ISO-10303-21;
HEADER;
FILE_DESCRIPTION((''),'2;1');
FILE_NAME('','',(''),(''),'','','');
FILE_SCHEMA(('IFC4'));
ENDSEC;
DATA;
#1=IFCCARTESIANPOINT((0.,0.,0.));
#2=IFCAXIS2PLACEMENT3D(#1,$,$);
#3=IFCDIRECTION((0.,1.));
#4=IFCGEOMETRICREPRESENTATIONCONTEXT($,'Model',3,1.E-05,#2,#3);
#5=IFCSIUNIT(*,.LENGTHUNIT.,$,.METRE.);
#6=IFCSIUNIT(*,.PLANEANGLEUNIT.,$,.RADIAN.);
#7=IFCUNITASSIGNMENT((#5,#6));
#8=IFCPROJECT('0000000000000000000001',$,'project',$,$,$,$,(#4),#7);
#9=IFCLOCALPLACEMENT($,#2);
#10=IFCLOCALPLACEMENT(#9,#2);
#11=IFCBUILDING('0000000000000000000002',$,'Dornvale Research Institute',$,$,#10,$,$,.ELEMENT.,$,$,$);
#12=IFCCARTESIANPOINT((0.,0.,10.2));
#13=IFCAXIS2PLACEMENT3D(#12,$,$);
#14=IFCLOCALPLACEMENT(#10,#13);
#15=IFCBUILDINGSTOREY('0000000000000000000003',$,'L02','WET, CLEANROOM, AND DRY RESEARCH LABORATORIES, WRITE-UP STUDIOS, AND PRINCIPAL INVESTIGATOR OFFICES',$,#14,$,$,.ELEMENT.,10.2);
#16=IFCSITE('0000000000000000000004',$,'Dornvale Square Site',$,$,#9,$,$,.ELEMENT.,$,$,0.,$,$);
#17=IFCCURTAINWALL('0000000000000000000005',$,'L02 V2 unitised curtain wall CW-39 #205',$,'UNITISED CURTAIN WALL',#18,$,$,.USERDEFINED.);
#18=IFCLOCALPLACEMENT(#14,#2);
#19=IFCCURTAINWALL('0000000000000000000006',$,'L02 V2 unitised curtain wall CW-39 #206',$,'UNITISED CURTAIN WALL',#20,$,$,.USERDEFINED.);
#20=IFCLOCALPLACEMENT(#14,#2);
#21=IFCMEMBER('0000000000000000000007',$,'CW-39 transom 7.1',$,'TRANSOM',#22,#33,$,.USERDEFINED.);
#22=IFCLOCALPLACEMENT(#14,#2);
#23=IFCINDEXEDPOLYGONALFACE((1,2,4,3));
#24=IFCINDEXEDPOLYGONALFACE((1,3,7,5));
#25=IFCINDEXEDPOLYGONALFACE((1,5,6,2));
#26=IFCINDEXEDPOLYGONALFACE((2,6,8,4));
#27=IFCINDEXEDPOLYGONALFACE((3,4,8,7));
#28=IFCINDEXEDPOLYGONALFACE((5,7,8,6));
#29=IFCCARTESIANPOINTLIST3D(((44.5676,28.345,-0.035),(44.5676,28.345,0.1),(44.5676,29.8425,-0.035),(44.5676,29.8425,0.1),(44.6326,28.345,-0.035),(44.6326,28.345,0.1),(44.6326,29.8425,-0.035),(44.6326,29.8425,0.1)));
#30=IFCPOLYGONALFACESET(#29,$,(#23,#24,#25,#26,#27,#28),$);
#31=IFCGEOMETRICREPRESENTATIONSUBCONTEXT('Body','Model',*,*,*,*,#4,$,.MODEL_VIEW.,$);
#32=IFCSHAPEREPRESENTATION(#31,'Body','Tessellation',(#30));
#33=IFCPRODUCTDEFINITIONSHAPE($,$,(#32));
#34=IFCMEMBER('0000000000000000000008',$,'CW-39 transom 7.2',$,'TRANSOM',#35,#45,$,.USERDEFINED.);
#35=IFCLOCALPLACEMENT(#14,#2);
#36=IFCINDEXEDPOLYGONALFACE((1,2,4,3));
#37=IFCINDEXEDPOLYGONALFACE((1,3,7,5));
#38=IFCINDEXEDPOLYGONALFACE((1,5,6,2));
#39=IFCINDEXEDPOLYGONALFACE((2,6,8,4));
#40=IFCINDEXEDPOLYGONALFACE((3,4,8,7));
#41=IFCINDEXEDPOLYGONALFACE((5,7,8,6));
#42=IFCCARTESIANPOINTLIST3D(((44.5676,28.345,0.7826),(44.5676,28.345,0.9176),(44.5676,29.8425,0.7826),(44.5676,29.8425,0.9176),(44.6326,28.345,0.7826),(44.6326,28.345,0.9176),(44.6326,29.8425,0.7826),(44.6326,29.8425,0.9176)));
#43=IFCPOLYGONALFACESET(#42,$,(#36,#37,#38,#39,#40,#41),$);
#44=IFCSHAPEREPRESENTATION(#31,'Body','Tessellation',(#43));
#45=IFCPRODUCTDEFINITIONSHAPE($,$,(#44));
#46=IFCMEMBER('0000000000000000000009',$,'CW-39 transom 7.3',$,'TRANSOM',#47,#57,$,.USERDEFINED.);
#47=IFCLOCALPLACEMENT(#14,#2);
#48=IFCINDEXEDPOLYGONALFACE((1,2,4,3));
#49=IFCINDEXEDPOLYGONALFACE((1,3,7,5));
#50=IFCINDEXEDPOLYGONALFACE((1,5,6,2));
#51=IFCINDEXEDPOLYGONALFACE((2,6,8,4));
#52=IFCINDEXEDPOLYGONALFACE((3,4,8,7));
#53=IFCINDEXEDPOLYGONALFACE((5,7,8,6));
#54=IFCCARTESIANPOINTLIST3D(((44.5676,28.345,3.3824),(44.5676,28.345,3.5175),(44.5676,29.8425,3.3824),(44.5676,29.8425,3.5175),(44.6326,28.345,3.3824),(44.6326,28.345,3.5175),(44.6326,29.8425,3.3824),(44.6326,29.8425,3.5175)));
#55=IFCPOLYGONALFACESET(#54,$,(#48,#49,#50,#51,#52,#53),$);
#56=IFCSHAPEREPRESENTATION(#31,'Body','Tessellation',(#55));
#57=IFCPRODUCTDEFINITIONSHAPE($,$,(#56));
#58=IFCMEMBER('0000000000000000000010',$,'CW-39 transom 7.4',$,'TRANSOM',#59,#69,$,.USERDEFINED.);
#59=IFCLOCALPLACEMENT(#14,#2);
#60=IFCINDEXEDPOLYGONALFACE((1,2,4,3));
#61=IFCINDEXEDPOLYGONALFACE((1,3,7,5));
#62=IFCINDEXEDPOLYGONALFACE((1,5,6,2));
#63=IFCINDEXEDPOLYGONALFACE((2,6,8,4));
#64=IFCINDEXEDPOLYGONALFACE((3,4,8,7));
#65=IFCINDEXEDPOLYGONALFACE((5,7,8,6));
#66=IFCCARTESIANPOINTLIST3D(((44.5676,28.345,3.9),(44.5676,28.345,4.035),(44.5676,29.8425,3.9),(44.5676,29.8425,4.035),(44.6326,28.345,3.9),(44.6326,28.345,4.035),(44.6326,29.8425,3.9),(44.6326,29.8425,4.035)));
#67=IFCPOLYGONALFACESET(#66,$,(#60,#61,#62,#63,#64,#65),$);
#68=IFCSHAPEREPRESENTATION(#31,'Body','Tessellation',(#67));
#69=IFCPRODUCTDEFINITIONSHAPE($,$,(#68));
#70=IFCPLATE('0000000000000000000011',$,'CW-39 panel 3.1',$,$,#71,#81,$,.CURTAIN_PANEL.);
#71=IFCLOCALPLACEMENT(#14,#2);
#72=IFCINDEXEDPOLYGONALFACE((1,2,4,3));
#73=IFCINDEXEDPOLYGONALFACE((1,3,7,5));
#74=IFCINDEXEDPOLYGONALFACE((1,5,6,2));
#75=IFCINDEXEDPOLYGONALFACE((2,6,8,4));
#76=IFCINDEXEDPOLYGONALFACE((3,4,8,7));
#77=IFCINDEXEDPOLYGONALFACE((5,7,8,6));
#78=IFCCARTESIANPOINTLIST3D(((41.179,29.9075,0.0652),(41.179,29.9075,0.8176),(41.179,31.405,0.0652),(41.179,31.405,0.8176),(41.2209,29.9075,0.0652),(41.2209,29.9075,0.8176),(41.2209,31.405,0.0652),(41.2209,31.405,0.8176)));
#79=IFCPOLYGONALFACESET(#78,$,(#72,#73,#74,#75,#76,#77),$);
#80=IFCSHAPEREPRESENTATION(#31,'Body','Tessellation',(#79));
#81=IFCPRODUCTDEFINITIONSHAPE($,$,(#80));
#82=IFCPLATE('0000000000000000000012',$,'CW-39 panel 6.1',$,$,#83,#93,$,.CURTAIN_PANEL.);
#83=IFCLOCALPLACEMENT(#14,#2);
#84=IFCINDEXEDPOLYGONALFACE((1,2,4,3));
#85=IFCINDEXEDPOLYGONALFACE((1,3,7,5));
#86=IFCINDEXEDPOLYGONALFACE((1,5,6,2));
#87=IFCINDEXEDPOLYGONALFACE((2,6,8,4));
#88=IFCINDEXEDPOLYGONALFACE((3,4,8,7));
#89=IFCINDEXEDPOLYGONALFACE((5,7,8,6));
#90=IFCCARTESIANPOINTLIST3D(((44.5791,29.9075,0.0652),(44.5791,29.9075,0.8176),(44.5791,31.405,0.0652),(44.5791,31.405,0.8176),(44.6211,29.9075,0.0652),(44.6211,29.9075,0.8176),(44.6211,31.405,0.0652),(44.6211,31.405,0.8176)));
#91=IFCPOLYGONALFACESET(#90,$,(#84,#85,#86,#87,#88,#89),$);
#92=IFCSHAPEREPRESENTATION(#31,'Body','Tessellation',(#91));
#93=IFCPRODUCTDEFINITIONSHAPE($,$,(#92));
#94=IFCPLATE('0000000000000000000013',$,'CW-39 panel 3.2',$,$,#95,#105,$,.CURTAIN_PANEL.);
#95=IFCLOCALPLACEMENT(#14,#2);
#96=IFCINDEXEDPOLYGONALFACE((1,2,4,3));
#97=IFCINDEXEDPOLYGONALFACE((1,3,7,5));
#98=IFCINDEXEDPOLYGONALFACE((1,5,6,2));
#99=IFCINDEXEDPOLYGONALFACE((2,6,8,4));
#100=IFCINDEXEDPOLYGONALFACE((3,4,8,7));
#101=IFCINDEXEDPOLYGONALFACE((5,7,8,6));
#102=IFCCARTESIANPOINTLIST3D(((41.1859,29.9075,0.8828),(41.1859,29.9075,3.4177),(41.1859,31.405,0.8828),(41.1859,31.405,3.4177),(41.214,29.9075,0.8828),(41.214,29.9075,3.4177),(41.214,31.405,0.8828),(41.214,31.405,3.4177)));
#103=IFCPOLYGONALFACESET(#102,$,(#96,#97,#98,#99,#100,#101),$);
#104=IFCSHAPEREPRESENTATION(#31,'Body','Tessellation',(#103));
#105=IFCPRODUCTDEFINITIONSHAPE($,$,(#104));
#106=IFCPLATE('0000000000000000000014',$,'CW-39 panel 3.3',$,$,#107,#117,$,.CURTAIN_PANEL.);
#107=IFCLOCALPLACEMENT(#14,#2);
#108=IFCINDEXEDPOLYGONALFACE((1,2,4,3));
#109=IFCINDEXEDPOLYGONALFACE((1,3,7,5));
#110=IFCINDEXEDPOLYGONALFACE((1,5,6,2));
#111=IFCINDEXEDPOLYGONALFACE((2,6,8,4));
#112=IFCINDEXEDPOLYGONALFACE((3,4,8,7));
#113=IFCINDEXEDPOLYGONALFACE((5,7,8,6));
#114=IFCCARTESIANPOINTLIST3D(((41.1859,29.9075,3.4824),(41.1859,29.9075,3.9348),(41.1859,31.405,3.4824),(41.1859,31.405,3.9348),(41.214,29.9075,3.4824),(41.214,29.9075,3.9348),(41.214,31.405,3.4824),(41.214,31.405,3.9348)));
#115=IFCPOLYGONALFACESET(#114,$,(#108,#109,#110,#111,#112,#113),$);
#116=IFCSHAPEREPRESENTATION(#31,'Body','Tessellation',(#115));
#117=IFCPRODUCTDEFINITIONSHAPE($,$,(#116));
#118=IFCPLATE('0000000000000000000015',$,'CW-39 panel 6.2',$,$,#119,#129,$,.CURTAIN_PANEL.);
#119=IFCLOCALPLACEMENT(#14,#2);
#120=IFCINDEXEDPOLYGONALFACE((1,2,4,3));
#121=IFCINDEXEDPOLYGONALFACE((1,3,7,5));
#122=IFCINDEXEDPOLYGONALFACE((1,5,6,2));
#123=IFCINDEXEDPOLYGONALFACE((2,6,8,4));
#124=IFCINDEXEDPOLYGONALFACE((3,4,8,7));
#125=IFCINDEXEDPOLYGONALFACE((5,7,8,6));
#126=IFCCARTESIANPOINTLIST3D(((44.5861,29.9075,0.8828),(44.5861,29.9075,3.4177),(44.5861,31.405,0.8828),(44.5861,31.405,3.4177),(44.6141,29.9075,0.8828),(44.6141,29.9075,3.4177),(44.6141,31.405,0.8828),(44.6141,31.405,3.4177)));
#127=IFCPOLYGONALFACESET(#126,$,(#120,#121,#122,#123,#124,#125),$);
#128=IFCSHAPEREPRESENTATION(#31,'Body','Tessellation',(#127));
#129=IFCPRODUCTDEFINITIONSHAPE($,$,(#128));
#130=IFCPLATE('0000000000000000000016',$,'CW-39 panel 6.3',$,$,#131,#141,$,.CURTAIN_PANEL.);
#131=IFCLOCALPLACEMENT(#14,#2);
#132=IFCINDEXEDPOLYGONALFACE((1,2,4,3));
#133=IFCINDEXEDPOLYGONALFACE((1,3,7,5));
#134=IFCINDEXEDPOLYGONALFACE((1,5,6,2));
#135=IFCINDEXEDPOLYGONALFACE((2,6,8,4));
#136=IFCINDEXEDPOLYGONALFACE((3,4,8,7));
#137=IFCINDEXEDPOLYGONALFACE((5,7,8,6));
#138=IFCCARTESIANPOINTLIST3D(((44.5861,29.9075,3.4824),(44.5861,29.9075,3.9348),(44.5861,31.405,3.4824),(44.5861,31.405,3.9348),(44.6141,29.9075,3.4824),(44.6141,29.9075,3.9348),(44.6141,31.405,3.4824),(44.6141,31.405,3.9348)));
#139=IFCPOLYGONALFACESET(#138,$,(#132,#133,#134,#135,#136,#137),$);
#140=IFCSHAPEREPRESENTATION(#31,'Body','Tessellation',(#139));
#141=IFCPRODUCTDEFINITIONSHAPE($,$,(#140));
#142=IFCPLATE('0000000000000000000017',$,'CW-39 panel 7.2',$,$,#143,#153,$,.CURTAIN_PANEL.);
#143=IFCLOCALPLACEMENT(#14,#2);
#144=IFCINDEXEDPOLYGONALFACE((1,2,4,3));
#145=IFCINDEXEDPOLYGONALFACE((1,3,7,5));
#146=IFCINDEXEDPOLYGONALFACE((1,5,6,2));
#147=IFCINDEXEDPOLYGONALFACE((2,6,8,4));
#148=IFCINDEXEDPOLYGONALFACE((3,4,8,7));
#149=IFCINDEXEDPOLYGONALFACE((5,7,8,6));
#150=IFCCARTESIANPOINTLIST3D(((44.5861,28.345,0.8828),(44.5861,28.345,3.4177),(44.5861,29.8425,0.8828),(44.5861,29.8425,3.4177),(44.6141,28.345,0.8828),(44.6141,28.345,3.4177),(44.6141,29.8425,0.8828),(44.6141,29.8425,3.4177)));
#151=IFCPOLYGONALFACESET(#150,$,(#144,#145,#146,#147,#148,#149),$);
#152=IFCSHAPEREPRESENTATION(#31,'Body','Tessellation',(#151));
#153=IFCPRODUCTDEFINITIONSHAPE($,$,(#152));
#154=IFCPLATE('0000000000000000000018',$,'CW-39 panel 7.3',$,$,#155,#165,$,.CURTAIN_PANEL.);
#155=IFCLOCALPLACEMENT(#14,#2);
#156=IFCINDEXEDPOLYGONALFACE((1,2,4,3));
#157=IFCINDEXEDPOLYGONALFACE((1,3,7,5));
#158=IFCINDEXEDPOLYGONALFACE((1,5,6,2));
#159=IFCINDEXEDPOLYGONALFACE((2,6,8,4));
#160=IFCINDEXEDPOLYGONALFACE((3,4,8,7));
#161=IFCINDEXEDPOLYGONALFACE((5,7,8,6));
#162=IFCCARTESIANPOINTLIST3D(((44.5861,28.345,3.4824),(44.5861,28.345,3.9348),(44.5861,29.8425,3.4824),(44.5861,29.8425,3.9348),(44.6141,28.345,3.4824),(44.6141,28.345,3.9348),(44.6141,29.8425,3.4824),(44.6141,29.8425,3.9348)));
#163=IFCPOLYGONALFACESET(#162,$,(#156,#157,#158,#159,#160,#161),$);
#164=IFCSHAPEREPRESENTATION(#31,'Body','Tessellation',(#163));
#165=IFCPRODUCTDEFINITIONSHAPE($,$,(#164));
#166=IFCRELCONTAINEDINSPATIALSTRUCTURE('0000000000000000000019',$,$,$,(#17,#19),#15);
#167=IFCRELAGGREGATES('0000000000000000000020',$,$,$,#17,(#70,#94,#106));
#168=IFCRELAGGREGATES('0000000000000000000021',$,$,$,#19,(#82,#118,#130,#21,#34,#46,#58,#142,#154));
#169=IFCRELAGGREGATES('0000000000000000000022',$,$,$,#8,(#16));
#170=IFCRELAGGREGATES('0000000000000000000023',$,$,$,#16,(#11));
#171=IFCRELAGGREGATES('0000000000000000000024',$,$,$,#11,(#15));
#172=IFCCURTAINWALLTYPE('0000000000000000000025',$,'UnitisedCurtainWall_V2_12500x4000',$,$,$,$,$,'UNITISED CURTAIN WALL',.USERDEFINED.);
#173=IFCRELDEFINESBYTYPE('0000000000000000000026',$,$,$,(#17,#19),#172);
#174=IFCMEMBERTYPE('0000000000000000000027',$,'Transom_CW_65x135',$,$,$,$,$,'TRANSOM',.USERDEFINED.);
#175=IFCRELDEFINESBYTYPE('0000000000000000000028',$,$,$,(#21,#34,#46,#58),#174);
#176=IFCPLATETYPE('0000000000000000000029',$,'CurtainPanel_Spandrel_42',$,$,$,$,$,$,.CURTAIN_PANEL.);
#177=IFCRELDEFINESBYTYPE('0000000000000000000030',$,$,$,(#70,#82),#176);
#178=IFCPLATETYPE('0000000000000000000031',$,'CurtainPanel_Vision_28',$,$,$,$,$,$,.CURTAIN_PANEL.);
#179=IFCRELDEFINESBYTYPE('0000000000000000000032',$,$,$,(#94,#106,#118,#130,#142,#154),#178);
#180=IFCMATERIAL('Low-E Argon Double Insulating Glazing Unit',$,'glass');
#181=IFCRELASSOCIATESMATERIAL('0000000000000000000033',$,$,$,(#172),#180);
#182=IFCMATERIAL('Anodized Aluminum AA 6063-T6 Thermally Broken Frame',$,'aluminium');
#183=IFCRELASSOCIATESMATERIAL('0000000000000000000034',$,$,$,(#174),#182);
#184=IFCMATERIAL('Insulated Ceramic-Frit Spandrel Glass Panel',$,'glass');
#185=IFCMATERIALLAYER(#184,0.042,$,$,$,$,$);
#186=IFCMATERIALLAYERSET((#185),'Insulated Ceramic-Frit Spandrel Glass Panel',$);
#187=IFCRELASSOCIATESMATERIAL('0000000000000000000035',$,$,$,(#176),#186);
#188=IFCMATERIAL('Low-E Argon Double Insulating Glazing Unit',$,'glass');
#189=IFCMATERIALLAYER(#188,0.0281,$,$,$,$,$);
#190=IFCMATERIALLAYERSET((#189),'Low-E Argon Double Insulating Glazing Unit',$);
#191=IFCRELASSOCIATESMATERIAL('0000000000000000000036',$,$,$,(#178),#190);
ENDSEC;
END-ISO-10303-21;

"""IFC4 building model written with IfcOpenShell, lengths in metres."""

from ifc_helpers import new_model, si_unit, direction, frame, origin, origin_2d, place, context, subcontext, project, spatial, rectangle, extrude, material, layer, layer_set, material_profile, profile_set, type_object, element, aggregate, save


model = new_model("IFC4")

# Units and contexts
model_context = context("Model", 3, precision=1e-05, world=origin(), true_north=direction((0.0, 1.0)))
body_context = subcontext(model_context, "Body", "Model", "MODEL_VIEW")
ifc_project = project(units=[si_unit("LENGTHUNIT", "METRE"), si_unit("PLANEANGLEUNIT", "RADIAN")], contexts=[model_context])

# Site, building, storey
site_placement = place(None, origin())
site = spatial("IfcSite", under=ifc_project, at=site_placement, Name="Dornvale Square Site", CompositionType="ELEMENT", RefElevation=0.0)
building_placement = place(site_placement, origin())
building = spatial("IfcBuilding", under=site, at=building_placement, Name="Dornvale Research Institute", CompositionType="ELEMENT")
storey_placement = place(building_placement, frame((0.0, 0.0, 10.2)))
storey = spatial("IfcBuildingStorey", under=building, at=storey_placement, Name="L02", Description="WET, CLEANROOM, AND DRY RESEARCH LABORATORIES, WRITE-UP STUDIOS, AND PRINCIPAL INVESTIGATOR OFFICES", CompositionType="ELEMENT", Elevation=10.2)

# Curtain walls
ifc_material_1 = material(Name="Low-E Argon Double Insulating Glazing Unit", Category="glass")
curtain_wall_type = type_object("IfcCurtainWallType", Name="UnitisedCurtainWall_V2_12500x4000", ElementType="UNITISED CURTAIN WALL", PredefinedType="USERDEFINED", material=ifc_material_1)
curtain_wall_1_placement = place(storey_placement, origin())
curtain_wall_1 = element("IfcCurtainWall", 1, at=curtain_wall_1_placement, inside=storey, type_object=curtain_wall_type, Name="L02 V2 unitised curtain wall CW-39 #205", ObjectType="UNITISED CURTAIN WALL", PredefinedType="USERDEFINED")
curtain_wall_2_placement = place(storey_placement, origin())
curtain_wall_2 = element("IfcCurtainWall", 2, at=curtain_wall_2_placement, inside=storey, type_object=curtain_wall_type, Name="L02 V2 unitised curtain wall CW-39 #206", ObjectType="UNITISED CURTAIN WALL", PredefinedType="USERDEFINED")

# Members
ifc_material_2 = material(Name="Anodized Aluminum AA 6063-T6 Thermally Broken Frame", Category="aluminium")
ifc_material_profile_1 = material_profile(ifc_material_2, rectangle(XDim=0.0649, YDim=0.135, at=origin_2d()), Name="ALU TRANSOM 65x135")
ifc_profile_set_1 = profile_set([ifc_material_profile_1], Name="Anodized Aluminum AA 6063-T6 Thermally Broken Frame")
member_type_1 = type_object("IfcMemberType", Name="Transom_CW_65x135", ElementType="TRANSOM", PredefinedType="USERDEFINED", material=ifc_profile_set_1)
member_1_placement = place(storey_placement, frame((44.6001, 29.8425, 0.0325), z_axis=(0.0, -1.0, 0.0), x_axis=(1.0, 0.0, 0.0)))
member_1 = element("IfcMember", 3, at=member_1_placement, type_object=member_type_1, Name="CW-39 transom 7.1", ObjectType="TRANSOM", PredefinedType="USERDEFINED", context=body_context, shape_type="SweptSolid", body=[
    extrude(rectangle(XDim=0.0649, YDim=0.135, at=origin_2d()), origin(), (0.0, 0.0, 1.0), 1.4976),
])
member_2_placement = place(storey_placement, frame((44.6001, 29.8425, 0.8501), z_axis=(0.0, -1.0, 0.0), x_axis=(1.0, 0.0, 0.0)))
member_2 = element("IfcMember", 4, at=member_2_placement, type_object=member_type_1, Name="CW-39 transom 7.2", ObjectType="TRANSOM", PredefinedType="USERDEFINED", context=body_context, shape_type="SweptSolid", body=[
    extrude(rectangle(XDim=0.0649, YDim=0.135, at=origin_2d()), origin(), (0.0, 0.0, 1.0), 1.4976),
])
member_3_placement = place(storey_placement, frame((44.6001, 29.8425, 3.45), z_axis=(0.0, -1.0, 0.0), x_axis=(1.0, 0.0, 0.0)))
member_3 = element("IfcMember", 5, at=member_3_placement, type_object=member_type_1, Name="CW-39 transom 7.3", ObjectType="TRANSOM", PredefinedType="USERDEFINED", context=body_context, shape_type="SweptSolid", body=[
    extrude(rectangle(XDim=0.0649, YDim=0.135, at=origin_2d()), origin(), (0.0, 0.0, 1.0), 1.4976),
])
member_4_placement = place(storey_placement, frame((44.6001, 29.8425, 3.9675), z_axis=(0.0, -1.0, 0.0), x_axis=(1.0, 0.0, 0.0)))
member_4 = element("IfcMember", 6, at=member_4_placement, type_object=member_type_1, Name="CW-39 transom 7.4", ObjectType="TRANSOM", PredefinedType="USERDEFINED", context=body_context, shape_type="SweptSolid", body=[
    extrude(rectangle(XDim=0.0649, YDim=0.135, at=origin_2d()), origin(), (0.0, 0.0, 1.0), 1.4976),
])

# Plates
ifc_material_3 = material(Name="Insulated Ceramic-Frit Spandrel Glass Panel", Category="glass")
ifc_layer_1 = layer(ifc_material_3, 0.042)
ifc_layer_set_1 = layer_set([ifc_layer_1], Name="Insulated Ceramic-Frit Spandrel Glass Panel")
plate_type_1 = type_object("IfcPlateType", Name="CurtainPanel_Spandrel_42", PredefinedType="CURTAIN_PANEL", material=ifc_layer_set_1)
plate_1_placement = place(storey_placement, frame((41.2, 30.6562, 0.0652), z_axis=(0.0, 0.0, 1.0), x_axis=(0.0, 1.0, 0.0)))
plate_1 = element("IfcPlate", 7, at=plate_1_placement, type_object=plate_type_1, Name="CW-39 panel 3.1", PredefinedType="CURTAIN_PANEL", context=body_context, shape_type="SweptSolid", body=[
    extrude(rectangle(XDim=1.4976, YDim=0.042, at=origin_2d()), origin(), (0.0, 0.0, 1.0), 0.7524),
])
plate_2_placement = place(storey_placement, frame((44.6001, 30.6562, 0.0652), z_axis=(0.0, 0.0, 1.0), x_axis=(0.0, -1.0, 0.0)))
plate_2 = element("IfcPlate", 8, at=plate_2_placement, type_object=plate_type_1, Name="CW-39 panel 6.1", PredefinedType="CURTAIN_PANEL", context=body_context, shape_type="SweptSolid", body=[
    extrude(rectangle(XDim=1.4976, YDim=0.042, at=origin_2d()), origin(), (0.0, 0.0, 1.0), 0.7524),
])
ifc_material_4 = material(Name="Low-E Argon Double Insulating Glazing Unit", Category="glass")
ifc_layer_2 = layer(ifc_material_4, 0.0281)
ifc_layer_set_2 = layer_set([ifc_layer_2], Name="Low-E Argon Double Insulating Glazing Unit")
plate_type_2 = type_object("IfcPlateType", Name="CurtainPanel_Vision_28", PredefinedType="CURTAIN_PANEL", material=ifc_layer_set_2)
plate_3_placement = place(storey_placement, frame((41.2, 30.6562, 0.8828), z_axis=(0.0, 0.0, 1.0), x_axis=(0.0, 1.0, 0.0)))
plate_3 = element("IfcPlate", 9, at=plate_3_placement, type_object=plate_type_2, Name="CW-39 panel 3.2", PredefinedType="CURTAIN_PANEL", context=body_context, shape_type="SweptSolid", body=[
    extrude(rectangle(XDim=1.4976, YDim=0.0281, at=origin_2d()), origin(), (0.0, 0.0, 1.0), 2.5349),
])
plate_4_placement = place(storey_placement, frame((41.2, 30.6562, 3.4824), z_axis=(0.0, 0.0, 1.0), x_axis=(0.0, 1.0, 0.0)))
plate_4 = element("IfcPlate", 10, at=plate_4_placement, type_object=plate_type_2, Name="CW-39 panel 3.3", PredefinedType="CURTAIN_PANEL", context=body_context, shape_type="SweptSolid", body=[
    extrude(rectangle(XDim=1.4976, YDim=0.0281, at=origin_2d()), origin(), (0.0, 0.0, 1.0), 0.4524),
])
aggregate(curtain_wall_1, [plate_1, plate_3, plate_4])
plate_5_placement = place(storey_placement, frame((44.6001, 30.6562, 0.8828), z_axis=(0.0, 0.0, 1.0), x_axis=(0.0, -1.0, 0.0)))
plate_5 = element("IfcPlate", 11, at=plate_5_placement, type_object=plate_type_2, Name="CW-39 panel 6.2", PredefinedType="CURTAIN_PANEL", context=body_context, shape_type="SweptSolid", body=[
    extrude(rectangle(XDim=1.4976, YDim=0.0281, at=origin_2d()), origin(), (0.0, 0.0, 1.0), 2.5349),
])
plate_6_placement = place(storey_placement, frame((44.6001, 30.6562, 3.4824), z_axis=(0.0, 0.0, 1.0), x_axis=(0.0, -1.0, 0.0)))
plate_6 = element("IfcPlate", 12, at=plate_6_placement, type_object=plate_type_2, Name="CW-39 panel 6.3", PredefinedType="CURTAIN_PANEL", context=body_context, shape_type="SweptSolid", body=[
    extrude(rectangle(XDim=1.4976, YDim=0.0281, at=origin_2d()), origin(), (0.0, 0.0, 1.0), 0.4524),
])
plate_7_placement = place(storey_placement, frame((44.6001, 29.0938, 0.8828), z_axis=(0.0, 0.0, 1.0), x_axis=(0.0, -1.0, 0.0)))
plate_7 = element("IfcPlate", 13, at=plate_7_placement, type_object=plate_type_2, Name="CW-39 panel 7.2", PredefinedType="CURTAIN_PANEL", context=body_context, shape_type="SweptSolid", body=[
    extrude(rectangle(XDim=1.4976, YDim=0.0281, at=origin_2d()), origin(), (0.0, 0.0, 1.0), 2.5349),
])
plate_8_placement = place(storey_placement, frame((44.6001, 29.0938, 3.4824), z_axis=(0.0, 0.0, 1.0), x_axis=(0.0, -1.0, 0.0)))
plate_8 = element("IfcPlate", 14, at=plate_8_placement, type_object=plate_type_2, Name="CW-39 panel 7.3", PredefinedType="CURTAIN_PANEL", context=body_context, shape_type="SweptSolid", body=[
    extrude(rectangle(XDim=1.4976, YDim=0.0281, at=origin_2d()), origin(), (0.0, 0.0, 1.0), 0.4524),
])
aggregate(curtain_wall_2, [plate_2, plate_5, plate_6, member_1, member_2, member_3, member_4, plate_7, plate_8])

save(model, "model.ifc")
